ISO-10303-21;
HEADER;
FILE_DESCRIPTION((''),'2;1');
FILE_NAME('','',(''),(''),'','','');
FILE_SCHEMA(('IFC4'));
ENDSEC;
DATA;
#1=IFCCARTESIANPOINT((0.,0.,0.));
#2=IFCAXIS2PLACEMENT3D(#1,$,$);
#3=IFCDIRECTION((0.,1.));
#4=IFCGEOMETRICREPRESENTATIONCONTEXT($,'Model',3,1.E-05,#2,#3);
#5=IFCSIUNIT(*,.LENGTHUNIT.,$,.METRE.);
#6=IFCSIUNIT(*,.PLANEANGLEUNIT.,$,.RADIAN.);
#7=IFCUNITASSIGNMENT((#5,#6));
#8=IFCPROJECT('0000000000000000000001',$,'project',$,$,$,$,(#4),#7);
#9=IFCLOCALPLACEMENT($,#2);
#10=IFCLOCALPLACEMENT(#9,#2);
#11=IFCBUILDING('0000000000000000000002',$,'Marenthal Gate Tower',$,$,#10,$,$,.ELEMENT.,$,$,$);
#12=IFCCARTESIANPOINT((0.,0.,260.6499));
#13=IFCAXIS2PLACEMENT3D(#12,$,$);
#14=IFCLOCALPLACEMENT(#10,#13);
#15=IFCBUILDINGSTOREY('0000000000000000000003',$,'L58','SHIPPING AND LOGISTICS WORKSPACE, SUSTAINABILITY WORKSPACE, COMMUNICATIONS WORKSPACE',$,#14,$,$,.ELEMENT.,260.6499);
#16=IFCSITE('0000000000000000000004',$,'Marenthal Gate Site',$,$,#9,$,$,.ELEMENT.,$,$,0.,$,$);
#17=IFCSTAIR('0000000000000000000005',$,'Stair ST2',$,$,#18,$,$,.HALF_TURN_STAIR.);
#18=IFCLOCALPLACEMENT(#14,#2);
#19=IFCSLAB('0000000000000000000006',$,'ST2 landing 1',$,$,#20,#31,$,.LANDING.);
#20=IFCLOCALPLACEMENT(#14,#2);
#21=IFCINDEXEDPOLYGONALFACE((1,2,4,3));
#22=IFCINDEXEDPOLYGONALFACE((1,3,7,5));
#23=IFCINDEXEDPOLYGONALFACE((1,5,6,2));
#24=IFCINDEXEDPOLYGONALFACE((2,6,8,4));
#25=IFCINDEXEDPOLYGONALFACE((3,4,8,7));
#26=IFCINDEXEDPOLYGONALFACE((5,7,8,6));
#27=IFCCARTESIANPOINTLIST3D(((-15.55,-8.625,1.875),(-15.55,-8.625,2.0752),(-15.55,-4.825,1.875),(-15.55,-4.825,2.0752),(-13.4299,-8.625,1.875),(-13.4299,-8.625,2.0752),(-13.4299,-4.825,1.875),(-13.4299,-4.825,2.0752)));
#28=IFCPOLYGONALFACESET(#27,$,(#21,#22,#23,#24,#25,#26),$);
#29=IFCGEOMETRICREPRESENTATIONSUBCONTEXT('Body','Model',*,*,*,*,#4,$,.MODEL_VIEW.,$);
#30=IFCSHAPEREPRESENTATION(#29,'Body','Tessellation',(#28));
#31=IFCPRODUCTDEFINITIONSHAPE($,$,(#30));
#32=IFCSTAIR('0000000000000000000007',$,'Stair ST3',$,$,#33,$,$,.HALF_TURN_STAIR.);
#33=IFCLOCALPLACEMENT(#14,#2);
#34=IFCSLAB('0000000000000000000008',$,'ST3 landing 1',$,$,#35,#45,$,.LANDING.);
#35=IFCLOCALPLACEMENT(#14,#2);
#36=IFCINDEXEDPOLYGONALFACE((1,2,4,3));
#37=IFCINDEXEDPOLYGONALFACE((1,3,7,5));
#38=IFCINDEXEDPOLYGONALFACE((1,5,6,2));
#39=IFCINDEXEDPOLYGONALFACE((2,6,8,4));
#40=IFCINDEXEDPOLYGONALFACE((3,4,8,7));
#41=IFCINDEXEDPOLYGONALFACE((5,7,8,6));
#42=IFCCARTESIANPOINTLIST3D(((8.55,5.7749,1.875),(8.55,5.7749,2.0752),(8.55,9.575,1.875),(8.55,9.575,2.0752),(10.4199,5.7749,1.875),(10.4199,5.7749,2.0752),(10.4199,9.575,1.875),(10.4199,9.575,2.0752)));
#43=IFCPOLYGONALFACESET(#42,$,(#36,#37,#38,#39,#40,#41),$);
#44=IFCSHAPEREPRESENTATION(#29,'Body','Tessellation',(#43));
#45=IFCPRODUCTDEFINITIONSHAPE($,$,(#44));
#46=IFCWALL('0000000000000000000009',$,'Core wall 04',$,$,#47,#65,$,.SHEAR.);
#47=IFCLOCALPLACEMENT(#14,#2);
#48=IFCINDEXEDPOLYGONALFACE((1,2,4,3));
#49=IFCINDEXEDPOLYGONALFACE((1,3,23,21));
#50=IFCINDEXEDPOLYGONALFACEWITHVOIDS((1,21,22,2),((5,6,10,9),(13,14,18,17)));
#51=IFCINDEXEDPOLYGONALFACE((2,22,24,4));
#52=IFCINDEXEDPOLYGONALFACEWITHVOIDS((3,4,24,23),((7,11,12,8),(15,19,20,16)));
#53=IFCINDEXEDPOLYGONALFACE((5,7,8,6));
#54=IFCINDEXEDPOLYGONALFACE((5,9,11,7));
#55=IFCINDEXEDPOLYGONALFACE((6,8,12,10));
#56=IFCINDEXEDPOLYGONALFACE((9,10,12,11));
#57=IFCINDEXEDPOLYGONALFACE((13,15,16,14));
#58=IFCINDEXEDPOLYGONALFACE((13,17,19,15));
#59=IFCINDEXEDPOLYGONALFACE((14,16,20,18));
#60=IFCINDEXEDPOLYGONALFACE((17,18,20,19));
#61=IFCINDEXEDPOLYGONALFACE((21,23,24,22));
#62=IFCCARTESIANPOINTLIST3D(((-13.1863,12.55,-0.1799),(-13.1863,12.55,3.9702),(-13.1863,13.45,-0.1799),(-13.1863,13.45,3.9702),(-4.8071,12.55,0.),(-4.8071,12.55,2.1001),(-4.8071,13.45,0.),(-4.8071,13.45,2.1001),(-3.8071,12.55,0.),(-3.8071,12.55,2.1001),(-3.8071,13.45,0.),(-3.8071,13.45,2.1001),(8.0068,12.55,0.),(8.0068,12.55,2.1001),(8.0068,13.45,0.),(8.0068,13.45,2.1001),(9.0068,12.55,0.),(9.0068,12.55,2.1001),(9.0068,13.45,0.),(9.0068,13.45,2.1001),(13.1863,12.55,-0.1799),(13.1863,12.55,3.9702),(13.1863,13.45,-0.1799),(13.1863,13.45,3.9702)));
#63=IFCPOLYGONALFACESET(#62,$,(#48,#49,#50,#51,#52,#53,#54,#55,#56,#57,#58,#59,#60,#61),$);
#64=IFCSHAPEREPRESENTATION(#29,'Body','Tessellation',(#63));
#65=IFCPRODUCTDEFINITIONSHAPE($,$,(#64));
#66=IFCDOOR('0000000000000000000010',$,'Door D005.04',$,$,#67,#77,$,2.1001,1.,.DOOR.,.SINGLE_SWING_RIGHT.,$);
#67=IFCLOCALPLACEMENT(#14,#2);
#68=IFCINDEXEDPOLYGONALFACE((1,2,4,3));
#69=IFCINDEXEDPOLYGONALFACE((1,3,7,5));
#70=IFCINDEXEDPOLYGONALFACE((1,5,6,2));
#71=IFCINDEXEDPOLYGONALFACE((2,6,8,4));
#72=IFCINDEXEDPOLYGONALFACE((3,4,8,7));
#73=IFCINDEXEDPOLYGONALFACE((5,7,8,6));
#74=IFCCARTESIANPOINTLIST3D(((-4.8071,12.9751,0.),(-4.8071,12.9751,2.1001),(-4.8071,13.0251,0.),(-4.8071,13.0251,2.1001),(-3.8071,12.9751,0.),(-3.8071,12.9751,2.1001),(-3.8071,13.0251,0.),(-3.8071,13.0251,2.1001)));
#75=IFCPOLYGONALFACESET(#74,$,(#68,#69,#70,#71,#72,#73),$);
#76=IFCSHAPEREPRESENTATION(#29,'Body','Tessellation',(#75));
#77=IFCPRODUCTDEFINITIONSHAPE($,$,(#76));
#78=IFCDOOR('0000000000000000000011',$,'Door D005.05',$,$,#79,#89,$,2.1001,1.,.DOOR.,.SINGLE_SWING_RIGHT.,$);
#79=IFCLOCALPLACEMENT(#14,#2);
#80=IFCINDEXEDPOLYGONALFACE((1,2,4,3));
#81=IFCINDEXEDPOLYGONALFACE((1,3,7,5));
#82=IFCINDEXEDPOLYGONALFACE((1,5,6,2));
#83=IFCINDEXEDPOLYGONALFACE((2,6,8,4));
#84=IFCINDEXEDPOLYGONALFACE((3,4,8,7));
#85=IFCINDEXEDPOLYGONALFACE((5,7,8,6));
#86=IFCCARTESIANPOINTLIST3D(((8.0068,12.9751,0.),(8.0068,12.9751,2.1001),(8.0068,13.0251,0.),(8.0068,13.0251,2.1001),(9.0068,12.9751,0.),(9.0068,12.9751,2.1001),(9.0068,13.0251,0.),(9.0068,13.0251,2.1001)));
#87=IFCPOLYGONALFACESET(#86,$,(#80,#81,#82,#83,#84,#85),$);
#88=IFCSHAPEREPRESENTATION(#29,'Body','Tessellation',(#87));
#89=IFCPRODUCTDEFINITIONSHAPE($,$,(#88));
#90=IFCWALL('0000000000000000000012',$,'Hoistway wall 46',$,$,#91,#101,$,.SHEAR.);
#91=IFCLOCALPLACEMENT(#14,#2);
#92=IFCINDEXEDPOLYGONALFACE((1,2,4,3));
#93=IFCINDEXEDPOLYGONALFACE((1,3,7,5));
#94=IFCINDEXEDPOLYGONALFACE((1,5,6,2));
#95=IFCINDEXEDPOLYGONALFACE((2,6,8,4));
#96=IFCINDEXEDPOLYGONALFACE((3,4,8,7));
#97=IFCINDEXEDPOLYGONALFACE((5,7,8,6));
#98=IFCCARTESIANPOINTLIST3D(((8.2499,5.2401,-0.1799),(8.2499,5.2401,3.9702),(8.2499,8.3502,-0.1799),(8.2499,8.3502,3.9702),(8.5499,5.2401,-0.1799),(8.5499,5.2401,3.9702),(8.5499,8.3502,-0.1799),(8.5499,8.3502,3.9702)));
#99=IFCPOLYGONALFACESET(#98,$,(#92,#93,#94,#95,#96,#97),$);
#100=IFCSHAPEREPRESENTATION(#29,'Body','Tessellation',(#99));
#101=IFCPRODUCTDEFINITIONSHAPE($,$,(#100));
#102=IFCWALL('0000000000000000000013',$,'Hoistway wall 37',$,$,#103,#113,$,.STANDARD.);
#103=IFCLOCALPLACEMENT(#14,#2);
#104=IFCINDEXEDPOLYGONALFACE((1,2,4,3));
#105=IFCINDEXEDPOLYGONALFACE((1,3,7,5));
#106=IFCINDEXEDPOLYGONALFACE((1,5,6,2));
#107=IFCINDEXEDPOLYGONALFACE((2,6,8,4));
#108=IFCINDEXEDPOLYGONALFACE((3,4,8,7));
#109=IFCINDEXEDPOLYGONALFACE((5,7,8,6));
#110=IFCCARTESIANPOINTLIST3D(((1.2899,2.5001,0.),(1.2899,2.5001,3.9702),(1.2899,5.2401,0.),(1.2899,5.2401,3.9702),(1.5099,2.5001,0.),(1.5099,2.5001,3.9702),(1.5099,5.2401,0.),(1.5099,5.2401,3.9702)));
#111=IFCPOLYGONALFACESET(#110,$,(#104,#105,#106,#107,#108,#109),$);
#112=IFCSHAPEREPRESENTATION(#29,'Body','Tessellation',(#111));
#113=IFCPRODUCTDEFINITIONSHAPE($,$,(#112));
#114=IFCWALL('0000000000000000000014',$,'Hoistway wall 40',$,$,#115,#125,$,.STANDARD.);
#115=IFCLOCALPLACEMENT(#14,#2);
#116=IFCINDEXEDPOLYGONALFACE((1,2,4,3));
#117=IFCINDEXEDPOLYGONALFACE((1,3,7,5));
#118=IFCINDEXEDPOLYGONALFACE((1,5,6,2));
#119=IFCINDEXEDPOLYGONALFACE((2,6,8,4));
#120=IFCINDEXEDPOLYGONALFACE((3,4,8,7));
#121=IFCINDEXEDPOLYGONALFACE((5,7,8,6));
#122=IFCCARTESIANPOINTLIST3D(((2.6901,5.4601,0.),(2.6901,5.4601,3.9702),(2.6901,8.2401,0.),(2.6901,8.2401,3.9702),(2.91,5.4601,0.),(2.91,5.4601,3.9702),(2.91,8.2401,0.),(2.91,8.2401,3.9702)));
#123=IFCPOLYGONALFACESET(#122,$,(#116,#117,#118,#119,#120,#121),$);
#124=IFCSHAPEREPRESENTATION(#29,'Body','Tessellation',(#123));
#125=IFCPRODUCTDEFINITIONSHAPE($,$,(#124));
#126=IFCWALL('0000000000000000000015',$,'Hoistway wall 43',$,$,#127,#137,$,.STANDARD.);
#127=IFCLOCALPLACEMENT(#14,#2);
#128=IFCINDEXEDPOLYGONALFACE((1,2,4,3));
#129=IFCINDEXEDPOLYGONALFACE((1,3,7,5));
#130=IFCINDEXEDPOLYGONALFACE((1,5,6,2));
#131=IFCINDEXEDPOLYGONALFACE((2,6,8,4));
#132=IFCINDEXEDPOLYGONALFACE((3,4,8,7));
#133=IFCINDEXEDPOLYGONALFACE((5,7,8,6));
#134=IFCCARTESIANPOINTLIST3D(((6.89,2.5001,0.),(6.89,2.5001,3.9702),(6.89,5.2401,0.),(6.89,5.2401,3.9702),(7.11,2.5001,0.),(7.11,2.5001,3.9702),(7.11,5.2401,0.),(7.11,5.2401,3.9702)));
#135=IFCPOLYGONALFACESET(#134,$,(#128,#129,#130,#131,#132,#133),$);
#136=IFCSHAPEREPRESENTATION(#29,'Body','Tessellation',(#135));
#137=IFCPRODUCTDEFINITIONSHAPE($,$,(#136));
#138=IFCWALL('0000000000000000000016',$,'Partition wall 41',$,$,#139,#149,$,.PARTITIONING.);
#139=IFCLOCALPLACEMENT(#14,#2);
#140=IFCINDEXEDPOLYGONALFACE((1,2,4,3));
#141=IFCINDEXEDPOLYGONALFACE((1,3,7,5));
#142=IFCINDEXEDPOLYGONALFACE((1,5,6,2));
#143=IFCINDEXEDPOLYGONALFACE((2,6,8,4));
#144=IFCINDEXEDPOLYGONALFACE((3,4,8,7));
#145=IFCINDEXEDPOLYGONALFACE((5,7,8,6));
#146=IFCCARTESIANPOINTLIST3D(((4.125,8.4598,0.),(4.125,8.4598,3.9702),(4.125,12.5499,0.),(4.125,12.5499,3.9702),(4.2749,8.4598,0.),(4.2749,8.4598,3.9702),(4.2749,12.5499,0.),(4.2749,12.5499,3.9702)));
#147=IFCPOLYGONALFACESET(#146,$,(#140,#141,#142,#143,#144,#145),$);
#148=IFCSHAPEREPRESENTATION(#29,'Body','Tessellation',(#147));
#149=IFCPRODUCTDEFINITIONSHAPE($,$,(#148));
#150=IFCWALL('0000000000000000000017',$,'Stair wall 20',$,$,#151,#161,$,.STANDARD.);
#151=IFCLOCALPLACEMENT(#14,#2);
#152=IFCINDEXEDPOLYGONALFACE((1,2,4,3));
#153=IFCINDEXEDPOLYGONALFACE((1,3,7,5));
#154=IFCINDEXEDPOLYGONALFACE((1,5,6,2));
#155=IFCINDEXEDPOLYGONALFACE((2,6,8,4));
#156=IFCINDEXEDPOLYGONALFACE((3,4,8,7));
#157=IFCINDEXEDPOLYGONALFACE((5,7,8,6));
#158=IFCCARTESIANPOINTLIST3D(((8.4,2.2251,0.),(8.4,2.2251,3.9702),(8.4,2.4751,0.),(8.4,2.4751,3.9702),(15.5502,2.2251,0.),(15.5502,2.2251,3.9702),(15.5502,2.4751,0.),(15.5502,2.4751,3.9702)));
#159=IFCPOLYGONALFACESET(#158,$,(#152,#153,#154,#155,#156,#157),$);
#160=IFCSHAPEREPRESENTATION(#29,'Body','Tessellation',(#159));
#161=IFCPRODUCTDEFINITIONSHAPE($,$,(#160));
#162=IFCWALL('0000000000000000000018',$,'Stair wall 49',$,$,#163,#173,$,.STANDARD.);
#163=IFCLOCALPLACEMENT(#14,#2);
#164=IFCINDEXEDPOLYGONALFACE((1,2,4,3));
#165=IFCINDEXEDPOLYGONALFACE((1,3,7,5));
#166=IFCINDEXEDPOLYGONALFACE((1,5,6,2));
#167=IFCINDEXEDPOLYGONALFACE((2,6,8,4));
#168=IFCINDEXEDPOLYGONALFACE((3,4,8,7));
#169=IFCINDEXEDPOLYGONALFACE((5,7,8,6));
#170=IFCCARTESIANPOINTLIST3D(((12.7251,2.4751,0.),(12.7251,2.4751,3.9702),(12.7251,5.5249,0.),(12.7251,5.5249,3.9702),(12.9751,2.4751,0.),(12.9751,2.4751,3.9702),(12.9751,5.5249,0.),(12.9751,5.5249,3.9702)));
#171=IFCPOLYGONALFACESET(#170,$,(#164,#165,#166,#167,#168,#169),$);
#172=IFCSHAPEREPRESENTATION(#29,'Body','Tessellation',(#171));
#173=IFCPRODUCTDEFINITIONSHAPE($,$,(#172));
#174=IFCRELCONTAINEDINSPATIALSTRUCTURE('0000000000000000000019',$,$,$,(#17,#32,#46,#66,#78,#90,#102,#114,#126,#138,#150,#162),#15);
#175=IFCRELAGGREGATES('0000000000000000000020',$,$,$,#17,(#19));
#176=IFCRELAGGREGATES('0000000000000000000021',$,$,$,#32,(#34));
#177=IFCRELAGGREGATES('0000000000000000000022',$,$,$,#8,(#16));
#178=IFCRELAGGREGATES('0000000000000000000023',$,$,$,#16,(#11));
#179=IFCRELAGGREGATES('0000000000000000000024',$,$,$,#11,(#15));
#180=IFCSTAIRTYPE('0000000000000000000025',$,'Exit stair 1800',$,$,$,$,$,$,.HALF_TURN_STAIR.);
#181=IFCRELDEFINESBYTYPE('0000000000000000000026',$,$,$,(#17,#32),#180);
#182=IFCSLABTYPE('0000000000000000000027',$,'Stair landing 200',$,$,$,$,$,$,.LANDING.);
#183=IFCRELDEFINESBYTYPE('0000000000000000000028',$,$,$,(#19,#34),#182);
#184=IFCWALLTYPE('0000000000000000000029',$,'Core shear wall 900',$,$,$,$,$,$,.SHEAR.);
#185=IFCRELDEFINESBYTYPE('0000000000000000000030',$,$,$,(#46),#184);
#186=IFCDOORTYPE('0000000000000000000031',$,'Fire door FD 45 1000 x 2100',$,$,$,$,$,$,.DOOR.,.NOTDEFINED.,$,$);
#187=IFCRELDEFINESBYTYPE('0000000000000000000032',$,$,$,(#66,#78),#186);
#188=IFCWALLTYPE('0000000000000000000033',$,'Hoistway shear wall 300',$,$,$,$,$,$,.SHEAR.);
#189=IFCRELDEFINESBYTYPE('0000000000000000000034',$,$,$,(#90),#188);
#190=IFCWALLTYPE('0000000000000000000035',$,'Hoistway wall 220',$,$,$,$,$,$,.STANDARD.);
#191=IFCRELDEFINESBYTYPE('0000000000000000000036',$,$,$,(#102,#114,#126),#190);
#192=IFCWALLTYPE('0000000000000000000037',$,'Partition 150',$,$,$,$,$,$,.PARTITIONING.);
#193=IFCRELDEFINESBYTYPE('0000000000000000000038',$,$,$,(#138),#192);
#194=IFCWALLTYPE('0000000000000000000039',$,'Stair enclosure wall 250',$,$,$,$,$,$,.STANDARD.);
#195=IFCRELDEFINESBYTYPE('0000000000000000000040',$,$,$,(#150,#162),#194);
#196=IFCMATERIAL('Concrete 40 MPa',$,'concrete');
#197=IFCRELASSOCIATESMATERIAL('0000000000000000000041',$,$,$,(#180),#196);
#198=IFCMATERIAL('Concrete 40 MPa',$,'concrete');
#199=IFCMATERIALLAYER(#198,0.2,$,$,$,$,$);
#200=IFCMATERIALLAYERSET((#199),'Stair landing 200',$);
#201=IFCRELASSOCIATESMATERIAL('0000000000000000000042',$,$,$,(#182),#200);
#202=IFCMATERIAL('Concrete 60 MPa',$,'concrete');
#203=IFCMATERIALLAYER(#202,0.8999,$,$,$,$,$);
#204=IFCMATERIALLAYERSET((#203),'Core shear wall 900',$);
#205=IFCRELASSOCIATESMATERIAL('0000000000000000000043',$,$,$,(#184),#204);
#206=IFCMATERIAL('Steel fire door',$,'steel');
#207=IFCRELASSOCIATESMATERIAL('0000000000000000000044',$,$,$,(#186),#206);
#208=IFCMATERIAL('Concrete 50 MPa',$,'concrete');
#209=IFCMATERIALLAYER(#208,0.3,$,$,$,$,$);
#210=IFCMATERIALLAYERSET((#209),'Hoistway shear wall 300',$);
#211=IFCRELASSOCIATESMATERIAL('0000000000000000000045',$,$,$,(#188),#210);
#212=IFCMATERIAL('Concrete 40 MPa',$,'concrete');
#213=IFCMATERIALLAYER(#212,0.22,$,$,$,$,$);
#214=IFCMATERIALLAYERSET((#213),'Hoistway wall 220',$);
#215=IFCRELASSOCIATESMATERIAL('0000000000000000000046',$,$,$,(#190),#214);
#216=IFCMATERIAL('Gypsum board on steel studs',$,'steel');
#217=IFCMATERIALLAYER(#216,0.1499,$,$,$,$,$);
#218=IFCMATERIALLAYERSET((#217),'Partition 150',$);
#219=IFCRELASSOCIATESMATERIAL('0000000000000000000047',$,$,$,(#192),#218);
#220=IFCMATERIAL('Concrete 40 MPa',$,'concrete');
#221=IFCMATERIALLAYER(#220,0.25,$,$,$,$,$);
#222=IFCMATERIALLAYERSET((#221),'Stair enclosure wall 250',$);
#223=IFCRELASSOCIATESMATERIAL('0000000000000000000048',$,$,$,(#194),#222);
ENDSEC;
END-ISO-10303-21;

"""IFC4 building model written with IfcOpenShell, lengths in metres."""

from ifc_helpers import new_model, si_unit, direction, frame, frame_2d, origin, place, context, subcontext, project, spatial, polyline, rectangle, outline, extrude, material, layer, layer_set, type_object, element, fill, aggregate, save


model = new_model("IFC4")

# Units and contexts
model_context = context("Model", 3, precision=1e-05, world=origin(), true_north=direction((0.0, 1.0)))
body_context = subcontext(model_context, "Body", "Model", "MODEL_VIEW")
ifc_project = project(units=[si_unit("LENGTHUNIT", "METRE"), si_unit("PLANEANGLEUNIT", "RADIAN")], contexts=[model_context])

# Site, building, storey
site_placement = place(None, origin())
site = spatial("IfcSite", under=ifc_project, at=site_placement, Name="Marenthal Gate Site", CompositionType="ELEMENT", RefElevation=0.0)
building_placement = place(site_placement, origin())
building = spatial("IfcBuilding", under=site, at=building_placement, Name="Marenthal Gate Tower", CompositionType="ELEMENT")
storey_placement = place(building_placement, frame((0.0, 0.0, 260.6499)))
storey = spatial("IfcBuildingStorey", under=building, at=storey_placement, Name="L58", Description="SHIPPING AND LOGISTICS WORKSPACE, SUSTAINABILITY WORKSPACE, COMMUNICATIONS WORKSPACE", CompositionType="ELEMENT", Elevation=260.6499)

# Stairs, slabs
ifc_material_1 = material(Name="Concrete 40 MPa", Category="concrete")
stair_type = type_object("IfcStairType", Name="Exit stair 1800", PredefinedType="HALF_TURN_STAIR", material=ifc_material_1)
stair_1_placement = place(storey_placement, origin())
stair_1 = element("IfcStair", 1, at=stair_1_placement, inside=storey, type_object=stair_type, Name="Stair ST2", PredefinedType="HALF_TURN_STAIR")
ifc_material_2 = material(Name="Concrete 40 MPa", Category="concrete")
ifc_layer_1 = layer(ifc_material_2, 0.2)
ifc_layer_set_1 = layer_set([ifc_layer_1], Name="Stair landing 200")
slab_type = type_object("IfcSlabType", Name="Stair landing 200", PredefinedType="LANDING", material=ifc_layer_set_1)
slab_1_placement = place(storey_placement, frame((0.0, 0.0, 1.875)))
slab_1 = element("IfcSlab", 2, at=slab_1_placement, type_object=slab_type, Name="ST2 landing 1", PredefinedType="LANDING", context=body_context, shape_type="SweptSolid", body=[
    extrude(outline(polyline([(-15.55, -8.625), (-13.4299, -8.625), (-13.4299, -4.825), (-15.55, -4.825), (-15.55, -8.625)])), origin(), (0.0, 0.0, 1.0), 0.2002),
])
aggregate(stair_1, [slab_1])
stair_2_placement = place(storey_placement, origin())
stair_2 = element("IfcStair", 3, at=stair_2_placement, inside=storey, type_object=stair_type, Name="Stair ST3", PredefinedType="HALF_TURN_STAIR")
slab_2_placement = place(storey_placement, frame((0.0, 0.0, 1.875)))
slab_2 = element("IfcSlab", 4, at=slab_2_placement, type_object=slab_type, Name="ST3 landing 1", PredefinedType="LANDING", context=body_context, shape_type="SweptSolid", body=[
    extrude(outline(polyline([(8.55, 5.7749), (10.4199, 5.7749), (10.4199, 9.575), (8.55, 9.575), (8.55, 5.7749)])), origin(), (0.0, 0.0, 1.0), 0.2002),
])

# Wall, openings, doors
ifc_material_3 = material(Name="Concrete 60 MPa", Category="concrete")
ifc_layer_2 = layer(ifc_material_3, 0.8999)
ifc_layer_set_2 = layer_set([ifc_layer_2], Name="Core shear wall 900")
wall_type_1 = type_object("IfcWallType", Name="Core shear wall 900", PredefinedType="SHEAR", material=ifc_layer_set_2)
wall_1_placement = place(storey_placement, frame((13.1863, 13.0, -0.1799), z_axis=(0.0, 0.0, 1.0), x_axis=(-1.0, 0.0, 0.0)))
wall_1 = element("IfcWall", 5, at=wall_1_placement, inside=storey, type_object=wall_type_1, Name="Core wall 04", PredefinedType="SHEAR", context=body_context, shape_type="SweptSolid", body=[
    extrude(rectangle(XDim=26.3726, YDim=0.8999, at=frame_2d((13.1863, 0.0))), origin(), (0.0, 0.0, 1.0), 4.1501),
])
opening_1_placement = place(wall_1_placement, frame((16.9934, 0.0, 0.1799)))
opening_1 = element("IfcOpeningElement", 6, at=opening_1_placement, cuts=wall_1, PredefinedType="OPENING", context=body_context, shape_type="SweptSolid", body=[
    extrude(rectangle(XDim=1.0, YDim=2.1001, at=frame_2d((0.5, 1.05))), frame((0.0, 0.46, 0.0), z_axis=(0.0, -1.0, 0.0), x_axis=(1.0, 0.0, 0.0)), (0.0, 0.0, 1.0), 0.9199),
])
opening_2_placement = place(wall_1_placement, frame((4.1794, 0.0, 0.1799)))
opening_2 = element("IfcOpeningElement", 7, at=opening_2_placement, cuts=wall_1, PredefinedType="OPENING", context=body_context, shape_type="SweptSolid", body=[
    extrude(rectangle(XDim=1.0, YDim=2.1001, at=frame_2d((0.5, 1.05))), frame((0.0, 0.46, 0.0), z_axis=(0.0, -1.0, 0.0), x_axis=(1.0, 0.0, 0.0)), (0.0, 0.0, 1.0), 0.9199),
])
ifc_material_4 = material(Name="Steel fire door", Category="steel")
door_type_1 = type_object("IfcDoorType", Name="Fire door FD 45 1000 x 2100", OperationType="NOTDEFINED", PredefinedType="DOOR", material=ifc_material_4)
door_1_placement = place(opening_1_placement, origin())
door_1 = element("IfcDoor", 8, at=door_1_placement, inside=storey, type_object=door_type_1, Name="Door D005.04", OperationType="SINGLE_SWING_RIGHT", OverallHeight=2.1001, OverallWidth=1.0, PredefinedType="DOOR", context=body_context, shape_type="SweptSolid", body=[
    extrude(rectangle(XDim=1.0, YDim=2.1001, at=frame_2d((0.5, 1.05))), frame((0.0, 0.0249, 0.0), z_axis=(0.0, -1.0, 0.0), x_axis=(1.0, 0.0, 0.0)), (0.0, 0.0, 1.0), 0.05),
])
fill(opening_1, door_1)
door_2_placement = place(opening_2_placement, origin())
door_2 = element("IfcDoor", 9, at=door_2_placement, inside=storey, type_object=door_type_1, Name="Door D005.05", OperationType="SINGLE_SWING_RIGHT", OverallHeight=2.1001, OverallWidth=1.0, PredefinedType="DOOR", context=body_context, shape_type="SweptSolid", body=[
    extrude(rectangle(XDim=1.0, YDim=2.1001, at=frame_2d((0.5, 1.05))), frame((0.0, 0.0249, 0.0), z_axis=(0.0, -1.0, 0.0), x_axis=(1.0, 0.0, 0.0)), (0.0, 0.0, 1.0), 0.05),
])
fill(opening_2, door_2)

# Walls
ifc_material_5 = material(Name="Concrete 50 MPa", Category="concrete")
ifc_layer_3 = layer(ifc_material_5, 0.3)
ifc_layer_set_3 = layer_set([ifc_layer_3], Name="Hoistway shear wall 300")
wall_type_2 = type_object("IfcWallType", Name="Hoistway shear wall 300", PredefinedType="SHEAR", material=ifc_layer_set_3)
wall_2_placement = place(storey_placement, frame((8.3999, 5.24, -0.1799), z_axis=(0.0, 0.0, 1.0), x_axis=(0.0, 1.0, 0.0)))
element("IfcWall", 10, at=wall_2_placement, inside=storey, type_object=wall_type_2, Name="Hoistway wall 46", PredefinedType="SHEAR", context=body_context, shape_type="SweptSolid", body=[
    extrude(rectangle(XDim=3.1101, YDim=0.3, at=frame_2d((1.5552, 0.0))), origin(), (0.0, 0.0, 1.0), 4.1501),
])
ifc_material_6 = material(Name="Concrete 40 MPa", Category="concrete")
ifc_layer_4 = layer(ifc_material_6, 0.22)
ifc_layer_set_4 = layer_set([ifc_layer_4], Name="Hoistway wall 220")
wall_type_3 = type_object("IfcWallType", Name="Hoistway wall 220", PredefinedType="STANDARD", material=ifc_layer_set_4)
wall_3_placement = place(storey_placement, frame((1.3999, 2.5, 0.0), z_axis=(0.0, 0.0, 1.0), x_axis=(0.0, 1.0, 0.0)))
element("IfcWall", 11, at=wall_3_placement, inside=storey, type_object=wall_type_3, Name="Hoistway wall 37", PredefinedType="STANDARD", context=body_context, shape_type="SweptSolid", body=[
    extrude(rectangle(XDim=2.74, YDim=0.22, at=frame_2d((1.3701, 0.0))), origin(), (0.0, 0.0, 1.0), 3.9702),
])
wall_4_placement = place(storey_placement, frame((2.8, 5.46, 0.0), z_axis=(0.0, 0.0, 1.0), x_axis=(0.0, 1.0, 0.0)))
element("IfcWall", 12, at=wall_4_placement, inside=storey, type_object=wall_type_3, Name="Hoistway wall 40", PredefinedType="STANDARD", context=body_context, shape_type="SweptSolid", body=[
    extrude(rectangle(XDim=2.78, YDim=0.22, at=frame_2d((1.3901, 0.0))), origin(), (0.0, 0.0, 1.0), 3.9702),
])
wall_5_placement = place(storey_placement, frame((7.0, 2.5, 0.0), z_axis=(0.0, 0.0, 1.0), x_axis=(0.0, 1.0, 0.0)))
element("IfcWall", 13, at=wall_5_placement, inside=storey, type_object=wall_type_3, Name="Hoistway wall 43", PredefinedType="STANDARD", context=body_context, shape_type="SweptSolid", body=[
    extrude(rectangle(XDim=2.74, YDim=0.22, at=frame_2d((1.3701, 0.0))), origin(), (0.0, 0.0, 1.0), 3.9702),
])
ifc_material_7 = material(Name="Gypsum board on steel studs", Category="steel")
ifc_layer_5 = layer(ifc_material_7, 0.1499)
ifc_layer_set_5 = layer_set([ifc_layer_5], Name="Partition 150")
wall_type_4 = type_object("IfcWallType", Name="Partition 150", PredefinedType="PARTITIONING", material=ifc_layer_set_5)
wall_6_placement = place(storey_placement, frame((4.2, 8.46, 0.0), z_axis=(0.0, 0.0, 1.0), x_axis=(0.0, 1.0, 0.0)))
element("IfcWall", 14, at=wall_6_placement, inside=storey, type_object=wall_type_4, Name="Partition wall 41", PredefinedType="PARTITIONING", context=body_context, shape_type="SweptSolid", body=[
    extrude(rectangle(XDim=4.0901, YDim=0.1499, at=frame_2d((2.0449, 0.0))), origin(), (0.0, 0.0, 1.0), 3.9702),
])
ifc_material_8 = material(Name="Concrete 40 MPa", Category="concrete")
ifc_layer_6 = layer(ifc_material_8, 0.25)
ifc_layer_set_6 = layer_set([ifc_layer_6], Name="Stair enclosure wall 250")
wall_type_5 = type_object("IfcWallType", Name="Stair enclosure wall 250", PredefinedType="STANDARD", material=ifc_layer_set_6)
wall_7_placement = place(storey_placement, frame((8.3999, 2.3501, 0.0), z_axis=(0.0, 0.0, 1.0), x_axis=(1.0, 0.0, 0.0)))
element("IfcWall", 15, at=wall_7_placement, inside=storey, type_object=wall_type_5, Name="Stair wall 20", PredefinedType="STANDARD", context=body_context, shape_type="SweptSolid", body=[
    extrude(rectangle(XDim=7.1501, YDim=0.25, at=frame_2d((3.5752, 0.0))), origin(), (0.0, 0.0, 1.0), 3.9702),
])
wall_8_placement = place(storey_placement, frame((12.8501, 2.4751, 0.0), z_axis=(0.0, 0.0, 1.0), x_axis=(0.0, 1.0, 0.0)))
element("IfcWall", 16, at=wall_8_placement, inside=storey, type_object=wall_type_5, Name="Stair wall 49", PredefinedType="STANDARD", context=body_context, shape_type="SweptSolid", body=[
    extrude(rectangle(XDim=3.0498, YDim=0.25, at=frame_2d((1.5249, 0.0))), origin(), (0.0, 0.0, 1.0), 3.9702),
])

aggregate(stair_2, [slab_2])

save(model, "model.ifc")
